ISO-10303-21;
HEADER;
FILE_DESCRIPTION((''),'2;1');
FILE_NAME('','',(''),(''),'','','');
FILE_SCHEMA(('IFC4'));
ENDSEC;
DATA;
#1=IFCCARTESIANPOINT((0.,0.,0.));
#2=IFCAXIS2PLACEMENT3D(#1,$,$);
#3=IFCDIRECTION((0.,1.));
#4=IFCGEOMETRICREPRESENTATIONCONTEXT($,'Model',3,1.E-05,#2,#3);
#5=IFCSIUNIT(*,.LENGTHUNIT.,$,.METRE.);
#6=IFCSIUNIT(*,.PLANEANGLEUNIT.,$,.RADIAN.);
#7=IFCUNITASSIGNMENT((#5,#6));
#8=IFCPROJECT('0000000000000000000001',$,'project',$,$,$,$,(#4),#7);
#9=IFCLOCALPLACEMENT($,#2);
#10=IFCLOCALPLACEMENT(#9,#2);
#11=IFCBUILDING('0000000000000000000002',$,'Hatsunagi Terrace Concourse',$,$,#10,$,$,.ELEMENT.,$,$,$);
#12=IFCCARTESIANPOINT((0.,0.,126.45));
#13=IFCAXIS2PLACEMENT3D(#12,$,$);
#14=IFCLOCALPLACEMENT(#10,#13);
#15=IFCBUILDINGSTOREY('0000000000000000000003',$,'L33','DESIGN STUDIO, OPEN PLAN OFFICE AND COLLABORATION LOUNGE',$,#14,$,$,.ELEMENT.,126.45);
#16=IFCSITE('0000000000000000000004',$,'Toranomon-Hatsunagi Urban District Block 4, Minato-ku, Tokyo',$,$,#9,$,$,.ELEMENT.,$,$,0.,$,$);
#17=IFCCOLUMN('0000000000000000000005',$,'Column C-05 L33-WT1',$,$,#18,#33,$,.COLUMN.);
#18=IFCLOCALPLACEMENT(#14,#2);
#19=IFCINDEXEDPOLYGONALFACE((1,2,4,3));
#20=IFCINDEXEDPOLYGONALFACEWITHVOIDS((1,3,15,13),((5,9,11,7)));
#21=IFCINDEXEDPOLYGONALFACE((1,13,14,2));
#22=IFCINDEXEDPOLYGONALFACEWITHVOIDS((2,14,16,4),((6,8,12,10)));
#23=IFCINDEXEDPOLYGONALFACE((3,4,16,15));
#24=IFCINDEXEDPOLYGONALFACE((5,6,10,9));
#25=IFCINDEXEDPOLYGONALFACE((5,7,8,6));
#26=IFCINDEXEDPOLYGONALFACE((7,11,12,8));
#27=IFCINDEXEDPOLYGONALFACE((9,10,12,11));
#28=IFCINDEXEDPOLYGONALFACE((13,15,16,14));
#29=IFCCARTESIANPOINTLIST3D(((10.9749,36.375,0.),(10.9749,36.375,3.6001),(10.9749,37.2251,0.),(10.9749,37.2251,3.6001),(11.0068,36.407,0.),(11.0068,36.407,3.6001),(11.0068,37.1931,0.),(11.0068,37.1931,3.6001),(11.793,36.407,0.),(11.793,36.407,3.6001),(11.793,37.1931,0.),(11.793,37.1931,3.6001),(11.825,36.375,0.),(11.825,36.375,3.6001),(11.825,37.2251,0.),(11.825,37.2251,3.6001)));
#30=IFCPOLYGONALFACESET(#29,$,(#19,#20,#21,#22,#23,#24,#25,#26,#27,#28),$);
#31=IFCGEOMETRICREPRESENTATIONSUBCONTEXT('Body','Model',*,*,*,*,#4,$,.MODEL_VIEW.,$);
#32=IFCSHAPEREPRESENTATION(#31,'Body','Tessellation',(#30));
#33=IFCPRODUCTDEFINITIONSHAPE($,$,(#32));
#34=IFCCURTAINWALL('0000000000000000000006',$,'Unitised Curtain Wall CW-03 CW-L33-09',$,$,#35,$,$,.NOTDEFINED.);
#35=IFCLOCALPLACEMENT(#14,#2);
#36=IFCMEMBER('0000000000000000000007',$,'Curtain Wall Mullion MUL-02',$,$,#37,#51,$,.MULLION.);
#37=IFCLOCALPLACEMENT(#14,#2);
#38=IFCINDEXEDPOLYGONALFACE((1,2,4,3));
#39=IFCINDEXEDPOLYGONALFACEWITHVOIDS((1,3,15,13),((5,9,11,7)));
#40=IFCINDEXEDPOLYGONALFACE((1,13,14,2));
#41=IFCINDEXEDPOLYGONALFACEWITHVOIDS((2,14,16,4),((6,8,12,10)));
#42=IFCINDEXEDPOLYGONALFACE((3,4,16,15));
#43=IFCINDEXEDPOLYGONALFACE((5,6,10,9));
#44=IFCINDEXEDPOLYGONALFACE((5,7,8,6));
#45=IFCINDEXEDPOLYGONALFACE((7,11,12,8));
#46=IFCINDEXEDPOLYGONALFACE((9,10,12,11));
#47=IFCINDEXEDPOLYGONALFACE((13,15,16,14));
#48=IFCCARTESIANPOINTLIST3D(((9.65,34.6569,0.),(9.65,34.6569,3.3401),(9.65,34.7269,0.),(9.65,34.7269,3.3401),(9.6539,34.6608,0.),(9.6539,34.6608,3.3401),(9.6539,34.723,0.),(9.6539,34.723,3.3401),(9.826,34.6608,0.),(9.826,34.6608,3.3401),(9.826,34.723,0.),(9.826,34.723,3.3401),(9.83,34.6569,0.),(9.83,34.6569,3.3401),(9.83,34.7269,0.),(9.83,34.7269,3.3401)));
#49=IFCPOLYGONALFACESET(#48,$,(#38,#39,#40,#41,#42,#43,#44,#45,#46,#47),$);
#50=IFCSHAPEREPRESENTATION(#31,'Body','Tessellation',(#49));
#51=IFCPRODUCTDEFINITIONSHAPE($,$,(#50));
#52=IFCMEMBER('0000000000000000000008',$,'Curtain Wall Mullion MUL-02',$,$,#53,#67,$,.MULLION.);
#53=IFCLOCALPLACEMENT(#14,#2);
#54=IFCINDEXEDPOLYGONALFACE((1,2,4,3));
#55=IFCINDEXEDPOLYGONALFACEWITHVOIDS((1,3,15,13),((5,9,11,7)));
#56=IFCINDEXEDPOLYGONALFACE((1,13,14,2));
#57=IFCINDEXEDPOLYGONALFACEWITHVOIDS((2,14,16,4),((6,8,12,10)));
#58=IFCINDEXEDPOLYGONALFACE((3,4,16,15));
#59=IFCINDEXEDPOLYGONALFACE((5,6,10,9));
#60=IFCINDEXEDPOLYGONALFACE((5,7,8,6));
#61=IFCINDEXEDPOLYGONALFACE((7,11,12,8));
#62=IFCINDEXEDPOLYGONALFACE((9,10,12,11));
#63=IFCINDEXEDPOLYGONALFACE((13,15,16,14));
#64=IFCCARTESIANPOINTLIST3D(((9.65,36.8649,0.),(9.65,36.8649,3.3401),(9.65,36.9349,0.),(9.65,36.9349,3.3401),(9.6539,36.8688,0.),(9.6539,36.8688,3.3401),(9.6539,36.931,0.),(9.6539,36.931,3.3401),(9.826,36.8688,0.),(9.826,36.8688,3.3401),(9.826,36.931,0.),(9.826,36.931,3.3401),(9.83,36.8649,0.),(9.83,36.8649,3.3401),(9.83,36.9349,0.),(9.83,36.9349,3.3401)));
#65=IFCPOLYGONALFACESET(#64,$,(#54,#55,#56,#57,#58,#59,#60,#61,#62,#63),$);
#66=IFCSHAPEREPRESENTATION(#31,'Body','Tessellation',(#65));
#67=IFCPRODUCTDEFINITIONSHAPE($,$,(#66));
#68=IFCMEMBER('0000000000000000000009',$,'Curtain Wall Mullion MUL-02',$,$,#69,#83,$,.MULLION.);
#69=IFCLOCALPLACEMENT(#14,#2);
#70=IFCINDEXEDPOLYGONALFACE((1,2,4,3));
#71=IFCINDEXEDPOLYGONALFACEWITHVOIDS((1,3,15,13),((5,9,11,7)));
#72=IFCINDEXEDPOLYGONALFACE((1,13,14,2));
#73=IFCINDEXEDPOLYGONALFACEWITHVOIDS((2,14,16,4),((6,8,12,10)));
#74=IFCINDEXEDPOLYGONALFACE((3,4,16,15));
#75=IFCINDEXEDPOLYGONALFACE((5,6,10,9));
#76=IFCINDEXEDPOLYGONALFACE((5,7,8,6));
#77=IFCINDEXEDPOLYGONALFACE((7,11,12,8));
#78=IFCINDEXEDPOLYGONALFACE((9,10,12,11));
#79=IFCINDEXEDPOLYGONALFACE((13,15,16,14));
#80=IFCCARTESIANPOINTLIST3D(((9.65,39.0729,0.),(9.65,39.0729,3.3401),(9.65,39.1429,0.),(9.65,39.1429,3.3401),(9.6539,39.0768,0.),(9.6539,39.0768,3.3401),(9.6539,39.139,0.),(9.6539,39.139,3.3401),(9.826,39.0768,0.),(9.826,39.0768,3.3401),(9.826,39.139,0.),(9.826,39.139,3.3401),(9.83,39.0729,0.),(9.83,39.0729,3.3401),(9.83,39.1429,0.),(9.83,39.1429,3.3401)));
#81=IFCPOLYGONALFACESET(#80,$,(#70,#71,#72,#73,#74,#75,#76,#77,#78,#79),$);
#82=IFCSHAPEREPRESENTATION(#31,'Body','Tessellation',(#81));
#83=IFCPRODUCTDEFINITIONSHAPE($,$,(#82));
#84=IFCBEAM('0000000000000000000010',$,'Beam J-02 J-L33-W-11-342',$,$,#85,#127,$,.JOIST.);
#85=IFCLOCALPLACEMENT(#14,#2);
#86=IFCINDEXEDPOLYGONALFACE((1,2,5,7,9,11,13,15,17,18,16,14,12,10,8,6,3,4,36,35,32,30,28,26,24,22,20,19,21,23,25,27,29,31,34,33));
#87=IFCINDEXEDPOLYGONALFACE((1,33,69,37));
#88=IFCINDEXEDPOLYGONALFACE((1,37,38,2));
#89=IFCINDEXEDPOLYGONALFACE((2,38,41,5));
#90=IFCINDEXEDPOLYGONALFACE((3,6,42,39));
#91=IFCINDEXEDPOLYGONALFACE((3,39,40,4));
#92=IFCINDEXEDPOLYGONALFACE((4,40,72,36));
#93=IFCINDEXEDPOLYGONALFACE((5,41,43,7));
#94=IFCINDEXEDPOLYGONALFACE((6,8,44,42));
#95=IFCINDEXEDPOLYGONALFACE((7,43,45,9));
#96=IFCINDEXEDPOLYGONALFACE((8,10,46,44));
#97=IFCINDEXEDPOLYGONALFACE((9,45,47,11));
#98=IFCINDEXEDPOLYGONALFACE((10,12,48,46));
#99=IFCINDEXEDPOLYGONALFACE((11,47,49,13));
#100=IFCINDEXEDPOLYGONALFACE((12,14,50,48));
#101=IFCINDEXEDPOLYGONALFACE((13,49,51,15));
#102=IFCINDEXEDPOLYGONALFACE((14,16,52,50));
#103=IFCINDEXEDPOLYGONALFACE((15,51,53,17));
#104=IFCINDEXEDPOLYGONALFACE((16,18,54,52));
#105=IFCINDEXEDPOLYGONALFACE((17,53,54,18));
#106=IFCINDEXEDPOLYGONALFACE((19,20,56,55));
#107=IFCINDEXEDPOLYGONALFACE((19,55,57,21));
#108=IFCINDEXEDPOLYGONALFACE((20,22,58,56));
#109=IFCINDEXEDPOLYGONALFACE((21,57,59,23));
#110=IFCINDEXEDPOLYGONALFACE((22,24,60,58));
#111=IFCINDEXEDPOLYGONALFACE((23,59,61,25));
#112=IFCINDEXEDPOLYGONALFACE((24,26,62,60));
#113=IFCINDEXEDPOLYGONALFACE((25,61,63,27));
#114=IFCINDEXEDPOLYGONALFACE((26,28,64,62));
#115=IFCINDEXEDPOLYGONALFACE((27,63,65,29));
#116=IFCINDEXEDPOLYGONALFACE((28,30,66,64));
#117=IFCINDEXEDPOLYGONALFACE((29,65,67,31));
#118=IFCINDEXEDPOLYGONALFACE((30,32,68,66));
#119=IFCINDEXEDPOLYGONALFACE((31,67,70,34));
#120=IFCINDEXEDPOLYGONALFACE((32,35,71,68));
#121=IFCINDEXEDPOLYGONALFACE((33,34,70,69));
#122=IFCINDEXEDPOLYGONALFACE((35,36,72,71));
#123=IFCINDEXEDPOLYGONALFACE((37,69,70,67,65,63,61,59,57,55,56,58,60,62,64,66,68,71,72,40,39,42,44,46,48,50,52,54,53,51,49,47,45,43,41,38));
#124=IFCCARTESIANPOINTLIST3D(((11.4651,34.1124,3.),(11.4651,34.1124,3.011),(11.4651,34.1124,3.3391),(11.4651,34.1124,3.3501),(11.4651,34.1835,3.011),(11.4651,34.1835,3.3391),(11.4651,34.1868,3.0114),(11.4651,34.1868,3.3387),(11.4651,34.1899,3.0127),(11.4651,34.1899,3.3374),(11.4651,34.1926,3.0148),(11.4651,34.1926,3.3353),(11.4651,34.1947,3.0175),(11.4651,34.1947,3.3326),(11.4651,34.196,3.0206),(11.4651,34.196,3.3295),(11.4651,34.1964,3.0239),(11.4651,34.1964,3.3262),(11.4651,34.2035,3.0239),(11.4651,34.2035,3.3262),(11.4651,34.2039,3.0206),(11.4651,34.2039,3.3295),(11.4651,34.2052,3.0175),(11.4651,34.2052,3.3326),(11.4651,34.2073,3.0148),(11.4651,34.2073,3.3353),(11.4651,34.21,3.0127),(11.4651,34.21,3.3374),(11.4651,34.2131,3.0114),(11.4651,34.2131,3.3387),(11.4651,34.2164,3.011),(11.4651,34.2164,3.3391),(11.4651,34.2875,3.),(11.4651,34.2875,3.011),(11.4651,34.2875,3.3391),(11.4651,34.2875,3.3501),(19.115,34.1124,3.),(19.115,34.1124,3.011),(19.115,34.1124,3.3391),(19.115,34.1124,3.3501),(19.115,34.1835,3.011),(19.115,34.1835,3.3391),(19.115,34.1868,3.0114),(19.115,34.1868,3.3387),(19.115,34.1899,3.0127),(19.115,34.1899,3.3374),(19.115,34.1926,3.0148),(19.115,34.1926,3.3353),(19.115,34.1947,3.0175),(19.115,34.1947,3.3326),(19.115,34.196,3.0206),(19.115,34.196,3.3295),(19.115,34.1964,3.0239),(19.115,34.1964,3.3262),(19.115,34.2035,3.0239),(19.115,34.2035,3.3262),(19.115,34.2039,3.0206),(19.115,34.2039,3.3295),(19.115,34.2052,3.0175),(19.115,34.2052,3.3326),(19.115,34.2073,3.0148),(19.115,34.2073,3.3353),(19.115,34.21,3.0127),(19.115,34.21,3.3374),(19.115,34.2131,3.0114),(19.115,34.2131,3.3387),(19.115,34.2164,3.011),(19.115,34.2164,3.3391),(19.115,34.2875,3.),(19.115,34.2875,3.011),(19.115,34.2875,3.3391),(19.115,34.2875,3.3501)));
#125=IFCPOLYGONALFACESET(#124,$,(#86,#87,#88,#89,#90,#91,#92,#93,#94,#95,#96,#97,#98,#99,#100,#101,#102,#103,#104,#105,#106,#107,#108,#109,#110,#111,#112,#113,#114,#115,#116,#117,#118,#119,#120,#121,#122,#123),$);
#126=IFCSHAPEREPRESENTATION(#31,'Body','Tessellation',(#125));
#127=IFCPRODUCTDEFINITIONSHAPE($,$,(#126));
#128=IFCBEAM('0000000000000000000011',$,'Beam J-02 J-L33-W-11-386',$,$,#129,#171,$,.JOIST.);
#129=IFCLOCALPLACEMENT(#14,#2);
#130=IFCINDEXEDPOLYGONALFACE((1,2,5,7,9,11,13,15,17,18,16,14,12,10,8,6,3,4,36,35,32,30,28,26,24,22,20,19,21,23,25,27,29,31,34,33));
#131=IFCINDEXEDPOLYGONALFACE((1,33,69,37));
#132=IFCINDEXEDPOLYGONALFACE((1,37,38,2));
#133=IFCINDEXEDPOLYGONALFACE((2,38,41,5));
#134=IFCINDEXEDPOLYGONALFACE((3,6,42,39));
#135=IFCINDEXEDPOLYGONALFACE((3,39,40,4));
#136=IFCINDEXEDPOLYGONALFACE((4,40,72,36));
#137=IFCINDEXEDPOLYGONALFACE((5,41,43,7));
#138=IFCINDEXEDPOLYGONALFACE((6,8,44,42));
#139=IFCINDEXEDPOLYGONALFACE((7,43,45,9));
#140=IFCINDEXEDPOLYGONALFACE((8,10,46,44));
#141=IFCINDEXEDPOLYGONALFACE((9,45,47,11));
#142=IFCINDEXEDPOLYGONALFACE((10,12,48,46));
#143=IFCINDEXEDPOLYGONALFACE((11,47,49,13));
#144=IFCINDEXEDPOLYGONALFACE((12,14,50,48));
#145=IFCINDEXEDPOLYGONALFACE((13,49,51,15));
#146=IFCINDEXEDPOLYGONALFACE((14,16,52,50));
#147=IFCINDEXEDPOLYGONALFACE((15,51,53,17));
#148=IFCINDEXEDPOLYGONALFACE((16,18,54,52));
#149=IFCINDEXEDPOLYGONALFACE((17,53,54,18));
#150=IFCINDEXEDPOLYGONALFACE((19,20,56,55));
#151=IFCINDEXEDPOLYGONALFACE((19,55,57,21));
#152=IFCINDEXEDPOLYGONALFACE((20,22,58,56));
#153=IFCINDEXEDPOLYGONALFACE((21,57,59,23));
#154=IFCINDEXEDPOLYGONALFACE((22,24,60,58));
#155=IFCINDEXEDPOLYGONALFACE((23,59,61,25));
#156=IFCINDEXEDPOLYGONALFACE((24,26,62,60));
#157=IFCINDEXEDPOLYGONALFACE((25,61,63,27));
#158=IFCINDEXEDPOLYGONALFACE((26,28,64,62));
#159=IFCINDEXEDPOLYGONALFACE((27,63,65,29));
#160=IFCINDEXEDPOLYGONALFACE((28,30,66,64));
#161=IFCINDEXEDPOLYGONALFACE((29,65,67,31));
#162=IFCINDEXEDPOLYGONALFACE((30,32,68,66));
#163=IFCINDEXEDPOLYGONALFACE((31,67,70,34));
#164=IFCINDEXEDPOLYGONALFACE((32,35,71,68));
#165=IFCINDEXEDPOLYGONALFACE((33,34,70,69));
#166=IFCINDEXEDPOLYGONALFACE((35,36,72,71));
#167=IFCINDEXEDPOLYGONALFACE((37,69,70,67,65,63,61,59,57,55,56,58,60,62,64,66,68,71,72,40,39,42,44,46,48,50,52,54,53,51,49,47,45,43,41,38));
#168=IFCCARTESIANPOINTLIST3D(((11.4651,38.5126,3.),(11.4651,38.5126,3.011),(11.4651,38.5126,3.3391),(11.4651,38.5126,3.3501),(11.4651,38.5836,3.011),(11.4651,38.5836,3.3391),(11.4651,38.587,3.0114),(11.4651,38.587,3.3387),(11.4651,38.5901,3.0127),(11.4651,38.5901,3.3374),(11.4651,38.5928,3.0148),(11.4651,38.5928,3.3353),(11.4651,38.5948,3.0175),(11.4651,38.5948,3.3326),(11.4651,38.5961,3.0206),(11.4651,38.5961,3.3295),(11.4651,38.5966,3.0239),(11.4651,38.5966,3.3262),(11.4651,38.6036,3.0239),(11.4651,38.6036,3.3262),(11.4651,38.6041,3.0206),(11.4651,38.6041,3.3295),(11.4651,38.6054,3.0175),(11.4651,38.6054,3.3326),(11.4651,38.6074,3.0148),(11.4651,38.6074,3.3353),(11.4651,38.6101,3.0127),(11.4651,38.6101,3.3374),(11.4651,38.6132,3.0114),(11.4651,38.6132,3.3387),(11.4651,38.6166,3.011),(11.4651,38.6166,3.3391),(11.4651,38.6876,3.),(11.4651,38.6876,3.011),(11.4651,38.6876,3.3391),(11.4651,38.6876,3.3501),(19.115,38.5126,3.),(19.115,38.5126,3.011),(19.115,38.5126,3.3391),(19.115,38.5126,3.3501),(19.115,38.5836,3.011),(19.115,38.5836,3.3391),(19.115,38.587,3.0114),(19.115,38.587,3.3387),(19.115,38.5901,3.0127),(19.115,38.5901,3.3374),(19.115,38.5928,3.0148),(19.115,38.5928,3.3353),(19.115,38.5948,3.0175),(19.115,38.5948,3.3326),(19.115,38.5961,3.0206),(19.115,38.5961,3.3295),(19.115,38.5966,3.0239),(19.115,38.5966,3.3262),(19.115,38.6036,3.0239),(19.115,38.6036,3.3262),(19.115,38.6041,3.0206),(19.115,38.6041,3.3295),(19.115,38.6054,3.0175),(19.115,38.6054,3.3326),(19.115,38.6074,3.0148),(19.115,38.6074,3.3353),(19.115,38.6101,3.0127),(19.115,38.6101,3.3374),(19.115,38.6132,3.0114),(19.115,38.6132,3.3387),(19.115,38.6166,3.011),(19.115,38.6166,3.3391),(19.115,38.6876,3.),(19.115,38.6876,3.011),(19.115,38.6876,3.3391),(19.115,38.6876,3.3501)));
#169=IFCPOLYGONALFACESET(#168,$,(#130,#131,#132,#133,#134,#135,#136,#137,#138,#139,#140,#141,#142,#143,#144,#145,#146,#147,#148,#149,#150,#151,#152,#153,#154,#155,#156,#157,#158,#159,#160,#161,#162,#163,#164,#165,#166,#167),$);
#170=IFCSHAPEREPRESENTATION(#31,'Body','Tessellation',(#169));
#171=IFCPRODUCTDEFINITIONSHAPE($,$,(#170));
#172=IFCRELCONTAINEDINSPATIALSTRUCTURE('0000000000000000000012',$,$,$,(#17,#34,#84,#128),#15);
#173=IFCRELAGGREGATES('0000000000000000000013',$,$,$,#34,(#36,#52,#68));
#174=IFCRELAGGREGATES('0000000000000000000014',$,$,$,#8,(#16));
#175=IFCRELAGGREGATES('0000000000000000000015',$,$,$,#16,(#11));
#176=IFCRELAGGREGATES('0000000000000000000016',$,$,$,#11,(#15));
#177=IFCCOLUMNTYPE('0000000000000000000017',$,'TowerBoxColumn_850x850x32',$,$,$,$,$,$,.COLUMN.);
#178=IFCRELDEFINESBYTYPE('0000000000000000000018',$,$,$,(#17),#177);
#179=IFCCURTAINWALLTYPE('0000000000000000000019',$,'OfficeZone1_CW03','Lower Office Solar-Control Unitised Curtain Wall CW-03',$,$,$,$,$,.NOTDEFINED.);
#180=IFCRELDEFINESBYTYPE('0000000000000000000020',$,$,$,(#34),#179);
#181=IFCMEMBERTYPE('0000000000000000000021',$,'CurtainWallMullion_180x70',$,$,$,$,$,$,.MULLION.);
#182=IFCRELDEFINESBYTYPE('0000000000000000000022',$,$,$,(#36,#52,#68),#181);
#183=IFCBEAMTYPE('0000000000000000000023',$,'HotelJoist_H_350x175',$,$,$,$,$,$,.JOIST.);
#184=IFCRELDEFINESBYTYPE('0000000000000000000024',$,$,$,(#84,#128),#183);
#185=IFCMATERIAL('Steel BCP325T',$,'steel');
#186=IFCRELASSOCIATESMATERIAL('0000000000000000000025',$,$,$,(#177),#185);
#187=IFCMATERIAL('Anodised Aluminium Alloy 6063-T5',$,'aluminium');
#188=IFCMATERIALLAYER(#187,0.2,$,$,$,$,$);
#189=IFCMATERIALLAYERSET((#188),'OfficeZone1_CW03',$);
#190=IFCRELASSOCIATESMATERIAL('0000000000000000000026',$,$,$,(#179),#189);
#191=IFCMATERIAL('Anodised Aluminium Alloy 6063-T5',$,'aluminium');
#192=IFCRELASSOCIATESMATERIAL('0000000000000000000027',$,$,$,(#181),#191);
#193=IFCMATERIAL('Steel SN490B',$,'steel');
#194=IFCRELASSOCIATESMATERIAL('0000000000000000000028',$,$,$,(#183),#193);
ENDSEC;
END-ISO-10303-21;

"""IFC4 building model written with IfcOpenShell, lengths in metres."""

from ifc_helpers import new_model, si_unit, direction, frame, origin, origin_2d, place, context, subcontext, project, spatial, hollow_rectangle, i_section, extrude, material, layer, layer_set, material_profile, profile_set, type_object, element, aggregate, save


model = new_model("IFC4")

# Units and contexts
model_context = context("Model", 3, precision=1e-05, world=origin(), true_north=direction((0.0, 1.0)))
body_context = subcontext(model_context, "Body", "Model", "MODEL_VIEW")
ifc_project = project(units=[si_unit("LENGTHUNIT", "METRE"), si_unit("PLANEANGLEUNIT", "RADIAN")], contexts=[model_context])

# Site, building, storey
site_placement = place(None, origin())
site = spatial("IfcSite", under=ifc_project, at=site_placement, Name="Toranomon-Hatsunagi Urban District Block 4, Minato-ku, Tokyo", CompositionType="ELEMENT", RefElevation=0.0)
building_placement = place(site_placement, origin())
building = spatial("IfcBuilding", under=site, at=building_placement, Name="Hatsunagi Terrace Concourse", CompositionType="ELEMENT")
storey_placement = place(building_placement, frame((0.0, 0.0, 126.45)))
storey = spatial("IfcBuildingStorey", under=building, at=storey_placement, Name="L33", Description="DESIGN STUDIO, OPEN PLAN OFFICE AND COLLABORATION LOUNGE", CompositionType="ELEMENT", Elevation=126.45)

# Column
ifc_material_1 = material(Name="Steel BCP325T", Category="steel")
ifc_material_profile_1 = material_profile(ifc_material_1, hollow_rectangle(XDim=0.8501, YDim=0.8501, WallThickness=0.032, at=origin_2d()), Name="BCP-850x850x32")
ifc_profile_set_1 = profile_set([ifc_material_profile_1], Name="Steel BCP325T")
column_type = type_object("IfcColumnType", Name="TowerBoxColumn_850x850x32", PredefinedType="COLUMN", material=ifc_profile_set_1)
column_placement = place(storey_placement, frame((11.3999, 36.8, 0.0), z_axis=(0.0, 0.0, 1.0), x_axis=(1.0, 0.0, 0.0)))
element("IfcColumn", 1, at=column_placement, inside=storey, type_object=column_type, Name="Column C-05 L33-WT1", PredefinedType="COLUMN", context=body_context, shape_type="SweptSolid", body=[
    extrude(hollow_rectangle(XDim=0.8501, YDim=0.8501, WallThickness=0.032, at=origin_2d()), origin(), (0.0, 0.0, 1.0), 3.6001),
])

# Curtain wall, members
ifc_material_2 = material(Name="Anodised Aluminium Alloy 6063-T5", Category="aluminium")
ifc_layer_1 = layer(ifc_material_2, 0.2)
ifc_layer_set_1 = layer_set([ifc_layer_1], Name="OfficeZone1_CW03")
curtain_wall_type = type_object("IfcCurtainWallType", Name="OfficeZone1_CW03", Description="Lower Office Solar-Control Unitised Curtain Wall CW-03", PredefinedType="NOTDEFINED", material=ifc_layer_set_1)
curtain_wall_placement = place(storey_placement, origin())
curtain_wall = element("IfcCurtainWall", 2, at=curtain_wall_placement, inside=storey, type_object=curtain_wall_type, Name="Unitised Curtain Wall CW-03 CW-L33-09", PredefinedType="NOTDEFINED")
ifc_material_3 = material(Name="Anodised Aluminium Alloy 6063-T5", Category="aluminium")
ifc_material_profile_2 = material_profile(ifc_material_3, hollow_rectangle(XDim=0.0701, YDim=0.1799, WallThickness=0.0039, at=origin_2d()), Name="ALU-MUL-180x70x4")
ifc_profile_set_2 = profile_set([ifc_material_profile_2], Name="Anodised Aluminium Alloy 6063-T5")
member_type = type_object("IfcMemberType", Name="CurtainWallMullion_180x70", PredefinedType="MULLION", material=ifc_profile_set_2)
member_1_placement = place(storey_placement, frame((9.74, 34.6919, 0.0), z_axis=(0.0, 0.0, 1.0), x_axis=(0.0, 1.0, 0.0)))
member_1 = element("IfcMember", 3, at=member_1_placement, type_object=member_type, Name="Curtain Wall Mullion MUL-02", PredefinedType="MULLION", context=body_context, shape_type="SweptSolid", body=[
    extrude(hollow_rectangle(XDim=0.0701, YDim=0.1799, WallThickness=0.0039, at=origin_2d()), origin(), (0.0, 0.0, 1.0), 3.3401),
])
member_2_placement = place(storey_placement, frame((9.74, 36.8999, 0.0), z_axis=(0.0, 0.0, 1.0), x_axis=(0.0, 1.0, 0.0)))
member_2 = element("IfcMember", 4, at=member_2_placement, type_object=member_type, Name="Curtain Wall Mullion MUL-02", PredefinedType="MULLION", context=body_context, shape_type="SweptSolid", body=[
    extrude(hollow_rectangle(XDim=0.0701, YDim=0.1799, WallThickness=0.0039, at=origin_2d()), origin(), (0.0, 0.0, 1.0), 3.3401),
])
member_3_placement = place(storey_placement, frame((9.74, 39.1079, 0.0), z_axis=(0.0, 0.0, 1.0), x_axis=(0.0, 1.0, 0.0)))
member_3 = element("IfcMember", 5, at=member_3_placement, type_object=member_type, Name="Curtain Wall Mullion MUL-02", PredefinedType="MULLION", context=body_context, shape_type="SweptSolid", body=[
    extrude(hollow_rectangle(XDim=0.0701, YDim=0.1799, WallThickness=0.0039, at=origin_2d()), origin(), (0.0, 0.0, 1.0), 3.3401),
])

# Beams
ifc_material_4 = material(Name="Steel SN490B", Category="steel")
ifc_material_profile_3 = material_profile(ifc_material_4, i_section(OverallWidth=0.175, OverallDepth=0.3501, WebThickness=0.0071, FlangeThickness=0.011, FilletRadius=0.0129, at=origin_2d()), Name="H-350x175x7x11")
ifc_profile_set_3 = profile_set([ifc_material_profile_3], Name="Steel SN490B")
beam_type_1 = type_object("IfcBeamType", Name="HotelJoist_H_350x175", PredefinedType="JOIST", material=ifc_profile_set_3)
for number, where, z_axis, x_axis, name in (
    (6, (11.4651, 34.2, 3.175), (1.0, 0.0, 0.0), (0.0, 1.0, 0.0), "Beam J-02 J-L33-W-11-342"),
    (7, (11.4651, 38.6001, 3.175), (1.0, 0.0, 0.0), (0.0, 1.0, 0.0), "Beam J-02 J-L33-W-11-386"),
):
    element("IfcBeam", number, at=place(storey_placement, frame(where, z_axis=z_axis, x_axis=x_axis)), inside=storey, type_object=beam_type_1, Name=name, PredefinedType="JOIST", context=body_context, shape_type="SweptSolid", body=[
        extrude(i_section(OverallWidth=0.175, OverallDepth=0.3501, WebThickness=0.0071, FlangeThickness=0.011, FilletRadius=0.0129, at=origin_2d()), origin(), (0.0, 0.0, 1.0), 7.6499),
    ])

aggregate(curtain_wall, [member_1, member_2, member_3])

save(model, "model.ifc")
